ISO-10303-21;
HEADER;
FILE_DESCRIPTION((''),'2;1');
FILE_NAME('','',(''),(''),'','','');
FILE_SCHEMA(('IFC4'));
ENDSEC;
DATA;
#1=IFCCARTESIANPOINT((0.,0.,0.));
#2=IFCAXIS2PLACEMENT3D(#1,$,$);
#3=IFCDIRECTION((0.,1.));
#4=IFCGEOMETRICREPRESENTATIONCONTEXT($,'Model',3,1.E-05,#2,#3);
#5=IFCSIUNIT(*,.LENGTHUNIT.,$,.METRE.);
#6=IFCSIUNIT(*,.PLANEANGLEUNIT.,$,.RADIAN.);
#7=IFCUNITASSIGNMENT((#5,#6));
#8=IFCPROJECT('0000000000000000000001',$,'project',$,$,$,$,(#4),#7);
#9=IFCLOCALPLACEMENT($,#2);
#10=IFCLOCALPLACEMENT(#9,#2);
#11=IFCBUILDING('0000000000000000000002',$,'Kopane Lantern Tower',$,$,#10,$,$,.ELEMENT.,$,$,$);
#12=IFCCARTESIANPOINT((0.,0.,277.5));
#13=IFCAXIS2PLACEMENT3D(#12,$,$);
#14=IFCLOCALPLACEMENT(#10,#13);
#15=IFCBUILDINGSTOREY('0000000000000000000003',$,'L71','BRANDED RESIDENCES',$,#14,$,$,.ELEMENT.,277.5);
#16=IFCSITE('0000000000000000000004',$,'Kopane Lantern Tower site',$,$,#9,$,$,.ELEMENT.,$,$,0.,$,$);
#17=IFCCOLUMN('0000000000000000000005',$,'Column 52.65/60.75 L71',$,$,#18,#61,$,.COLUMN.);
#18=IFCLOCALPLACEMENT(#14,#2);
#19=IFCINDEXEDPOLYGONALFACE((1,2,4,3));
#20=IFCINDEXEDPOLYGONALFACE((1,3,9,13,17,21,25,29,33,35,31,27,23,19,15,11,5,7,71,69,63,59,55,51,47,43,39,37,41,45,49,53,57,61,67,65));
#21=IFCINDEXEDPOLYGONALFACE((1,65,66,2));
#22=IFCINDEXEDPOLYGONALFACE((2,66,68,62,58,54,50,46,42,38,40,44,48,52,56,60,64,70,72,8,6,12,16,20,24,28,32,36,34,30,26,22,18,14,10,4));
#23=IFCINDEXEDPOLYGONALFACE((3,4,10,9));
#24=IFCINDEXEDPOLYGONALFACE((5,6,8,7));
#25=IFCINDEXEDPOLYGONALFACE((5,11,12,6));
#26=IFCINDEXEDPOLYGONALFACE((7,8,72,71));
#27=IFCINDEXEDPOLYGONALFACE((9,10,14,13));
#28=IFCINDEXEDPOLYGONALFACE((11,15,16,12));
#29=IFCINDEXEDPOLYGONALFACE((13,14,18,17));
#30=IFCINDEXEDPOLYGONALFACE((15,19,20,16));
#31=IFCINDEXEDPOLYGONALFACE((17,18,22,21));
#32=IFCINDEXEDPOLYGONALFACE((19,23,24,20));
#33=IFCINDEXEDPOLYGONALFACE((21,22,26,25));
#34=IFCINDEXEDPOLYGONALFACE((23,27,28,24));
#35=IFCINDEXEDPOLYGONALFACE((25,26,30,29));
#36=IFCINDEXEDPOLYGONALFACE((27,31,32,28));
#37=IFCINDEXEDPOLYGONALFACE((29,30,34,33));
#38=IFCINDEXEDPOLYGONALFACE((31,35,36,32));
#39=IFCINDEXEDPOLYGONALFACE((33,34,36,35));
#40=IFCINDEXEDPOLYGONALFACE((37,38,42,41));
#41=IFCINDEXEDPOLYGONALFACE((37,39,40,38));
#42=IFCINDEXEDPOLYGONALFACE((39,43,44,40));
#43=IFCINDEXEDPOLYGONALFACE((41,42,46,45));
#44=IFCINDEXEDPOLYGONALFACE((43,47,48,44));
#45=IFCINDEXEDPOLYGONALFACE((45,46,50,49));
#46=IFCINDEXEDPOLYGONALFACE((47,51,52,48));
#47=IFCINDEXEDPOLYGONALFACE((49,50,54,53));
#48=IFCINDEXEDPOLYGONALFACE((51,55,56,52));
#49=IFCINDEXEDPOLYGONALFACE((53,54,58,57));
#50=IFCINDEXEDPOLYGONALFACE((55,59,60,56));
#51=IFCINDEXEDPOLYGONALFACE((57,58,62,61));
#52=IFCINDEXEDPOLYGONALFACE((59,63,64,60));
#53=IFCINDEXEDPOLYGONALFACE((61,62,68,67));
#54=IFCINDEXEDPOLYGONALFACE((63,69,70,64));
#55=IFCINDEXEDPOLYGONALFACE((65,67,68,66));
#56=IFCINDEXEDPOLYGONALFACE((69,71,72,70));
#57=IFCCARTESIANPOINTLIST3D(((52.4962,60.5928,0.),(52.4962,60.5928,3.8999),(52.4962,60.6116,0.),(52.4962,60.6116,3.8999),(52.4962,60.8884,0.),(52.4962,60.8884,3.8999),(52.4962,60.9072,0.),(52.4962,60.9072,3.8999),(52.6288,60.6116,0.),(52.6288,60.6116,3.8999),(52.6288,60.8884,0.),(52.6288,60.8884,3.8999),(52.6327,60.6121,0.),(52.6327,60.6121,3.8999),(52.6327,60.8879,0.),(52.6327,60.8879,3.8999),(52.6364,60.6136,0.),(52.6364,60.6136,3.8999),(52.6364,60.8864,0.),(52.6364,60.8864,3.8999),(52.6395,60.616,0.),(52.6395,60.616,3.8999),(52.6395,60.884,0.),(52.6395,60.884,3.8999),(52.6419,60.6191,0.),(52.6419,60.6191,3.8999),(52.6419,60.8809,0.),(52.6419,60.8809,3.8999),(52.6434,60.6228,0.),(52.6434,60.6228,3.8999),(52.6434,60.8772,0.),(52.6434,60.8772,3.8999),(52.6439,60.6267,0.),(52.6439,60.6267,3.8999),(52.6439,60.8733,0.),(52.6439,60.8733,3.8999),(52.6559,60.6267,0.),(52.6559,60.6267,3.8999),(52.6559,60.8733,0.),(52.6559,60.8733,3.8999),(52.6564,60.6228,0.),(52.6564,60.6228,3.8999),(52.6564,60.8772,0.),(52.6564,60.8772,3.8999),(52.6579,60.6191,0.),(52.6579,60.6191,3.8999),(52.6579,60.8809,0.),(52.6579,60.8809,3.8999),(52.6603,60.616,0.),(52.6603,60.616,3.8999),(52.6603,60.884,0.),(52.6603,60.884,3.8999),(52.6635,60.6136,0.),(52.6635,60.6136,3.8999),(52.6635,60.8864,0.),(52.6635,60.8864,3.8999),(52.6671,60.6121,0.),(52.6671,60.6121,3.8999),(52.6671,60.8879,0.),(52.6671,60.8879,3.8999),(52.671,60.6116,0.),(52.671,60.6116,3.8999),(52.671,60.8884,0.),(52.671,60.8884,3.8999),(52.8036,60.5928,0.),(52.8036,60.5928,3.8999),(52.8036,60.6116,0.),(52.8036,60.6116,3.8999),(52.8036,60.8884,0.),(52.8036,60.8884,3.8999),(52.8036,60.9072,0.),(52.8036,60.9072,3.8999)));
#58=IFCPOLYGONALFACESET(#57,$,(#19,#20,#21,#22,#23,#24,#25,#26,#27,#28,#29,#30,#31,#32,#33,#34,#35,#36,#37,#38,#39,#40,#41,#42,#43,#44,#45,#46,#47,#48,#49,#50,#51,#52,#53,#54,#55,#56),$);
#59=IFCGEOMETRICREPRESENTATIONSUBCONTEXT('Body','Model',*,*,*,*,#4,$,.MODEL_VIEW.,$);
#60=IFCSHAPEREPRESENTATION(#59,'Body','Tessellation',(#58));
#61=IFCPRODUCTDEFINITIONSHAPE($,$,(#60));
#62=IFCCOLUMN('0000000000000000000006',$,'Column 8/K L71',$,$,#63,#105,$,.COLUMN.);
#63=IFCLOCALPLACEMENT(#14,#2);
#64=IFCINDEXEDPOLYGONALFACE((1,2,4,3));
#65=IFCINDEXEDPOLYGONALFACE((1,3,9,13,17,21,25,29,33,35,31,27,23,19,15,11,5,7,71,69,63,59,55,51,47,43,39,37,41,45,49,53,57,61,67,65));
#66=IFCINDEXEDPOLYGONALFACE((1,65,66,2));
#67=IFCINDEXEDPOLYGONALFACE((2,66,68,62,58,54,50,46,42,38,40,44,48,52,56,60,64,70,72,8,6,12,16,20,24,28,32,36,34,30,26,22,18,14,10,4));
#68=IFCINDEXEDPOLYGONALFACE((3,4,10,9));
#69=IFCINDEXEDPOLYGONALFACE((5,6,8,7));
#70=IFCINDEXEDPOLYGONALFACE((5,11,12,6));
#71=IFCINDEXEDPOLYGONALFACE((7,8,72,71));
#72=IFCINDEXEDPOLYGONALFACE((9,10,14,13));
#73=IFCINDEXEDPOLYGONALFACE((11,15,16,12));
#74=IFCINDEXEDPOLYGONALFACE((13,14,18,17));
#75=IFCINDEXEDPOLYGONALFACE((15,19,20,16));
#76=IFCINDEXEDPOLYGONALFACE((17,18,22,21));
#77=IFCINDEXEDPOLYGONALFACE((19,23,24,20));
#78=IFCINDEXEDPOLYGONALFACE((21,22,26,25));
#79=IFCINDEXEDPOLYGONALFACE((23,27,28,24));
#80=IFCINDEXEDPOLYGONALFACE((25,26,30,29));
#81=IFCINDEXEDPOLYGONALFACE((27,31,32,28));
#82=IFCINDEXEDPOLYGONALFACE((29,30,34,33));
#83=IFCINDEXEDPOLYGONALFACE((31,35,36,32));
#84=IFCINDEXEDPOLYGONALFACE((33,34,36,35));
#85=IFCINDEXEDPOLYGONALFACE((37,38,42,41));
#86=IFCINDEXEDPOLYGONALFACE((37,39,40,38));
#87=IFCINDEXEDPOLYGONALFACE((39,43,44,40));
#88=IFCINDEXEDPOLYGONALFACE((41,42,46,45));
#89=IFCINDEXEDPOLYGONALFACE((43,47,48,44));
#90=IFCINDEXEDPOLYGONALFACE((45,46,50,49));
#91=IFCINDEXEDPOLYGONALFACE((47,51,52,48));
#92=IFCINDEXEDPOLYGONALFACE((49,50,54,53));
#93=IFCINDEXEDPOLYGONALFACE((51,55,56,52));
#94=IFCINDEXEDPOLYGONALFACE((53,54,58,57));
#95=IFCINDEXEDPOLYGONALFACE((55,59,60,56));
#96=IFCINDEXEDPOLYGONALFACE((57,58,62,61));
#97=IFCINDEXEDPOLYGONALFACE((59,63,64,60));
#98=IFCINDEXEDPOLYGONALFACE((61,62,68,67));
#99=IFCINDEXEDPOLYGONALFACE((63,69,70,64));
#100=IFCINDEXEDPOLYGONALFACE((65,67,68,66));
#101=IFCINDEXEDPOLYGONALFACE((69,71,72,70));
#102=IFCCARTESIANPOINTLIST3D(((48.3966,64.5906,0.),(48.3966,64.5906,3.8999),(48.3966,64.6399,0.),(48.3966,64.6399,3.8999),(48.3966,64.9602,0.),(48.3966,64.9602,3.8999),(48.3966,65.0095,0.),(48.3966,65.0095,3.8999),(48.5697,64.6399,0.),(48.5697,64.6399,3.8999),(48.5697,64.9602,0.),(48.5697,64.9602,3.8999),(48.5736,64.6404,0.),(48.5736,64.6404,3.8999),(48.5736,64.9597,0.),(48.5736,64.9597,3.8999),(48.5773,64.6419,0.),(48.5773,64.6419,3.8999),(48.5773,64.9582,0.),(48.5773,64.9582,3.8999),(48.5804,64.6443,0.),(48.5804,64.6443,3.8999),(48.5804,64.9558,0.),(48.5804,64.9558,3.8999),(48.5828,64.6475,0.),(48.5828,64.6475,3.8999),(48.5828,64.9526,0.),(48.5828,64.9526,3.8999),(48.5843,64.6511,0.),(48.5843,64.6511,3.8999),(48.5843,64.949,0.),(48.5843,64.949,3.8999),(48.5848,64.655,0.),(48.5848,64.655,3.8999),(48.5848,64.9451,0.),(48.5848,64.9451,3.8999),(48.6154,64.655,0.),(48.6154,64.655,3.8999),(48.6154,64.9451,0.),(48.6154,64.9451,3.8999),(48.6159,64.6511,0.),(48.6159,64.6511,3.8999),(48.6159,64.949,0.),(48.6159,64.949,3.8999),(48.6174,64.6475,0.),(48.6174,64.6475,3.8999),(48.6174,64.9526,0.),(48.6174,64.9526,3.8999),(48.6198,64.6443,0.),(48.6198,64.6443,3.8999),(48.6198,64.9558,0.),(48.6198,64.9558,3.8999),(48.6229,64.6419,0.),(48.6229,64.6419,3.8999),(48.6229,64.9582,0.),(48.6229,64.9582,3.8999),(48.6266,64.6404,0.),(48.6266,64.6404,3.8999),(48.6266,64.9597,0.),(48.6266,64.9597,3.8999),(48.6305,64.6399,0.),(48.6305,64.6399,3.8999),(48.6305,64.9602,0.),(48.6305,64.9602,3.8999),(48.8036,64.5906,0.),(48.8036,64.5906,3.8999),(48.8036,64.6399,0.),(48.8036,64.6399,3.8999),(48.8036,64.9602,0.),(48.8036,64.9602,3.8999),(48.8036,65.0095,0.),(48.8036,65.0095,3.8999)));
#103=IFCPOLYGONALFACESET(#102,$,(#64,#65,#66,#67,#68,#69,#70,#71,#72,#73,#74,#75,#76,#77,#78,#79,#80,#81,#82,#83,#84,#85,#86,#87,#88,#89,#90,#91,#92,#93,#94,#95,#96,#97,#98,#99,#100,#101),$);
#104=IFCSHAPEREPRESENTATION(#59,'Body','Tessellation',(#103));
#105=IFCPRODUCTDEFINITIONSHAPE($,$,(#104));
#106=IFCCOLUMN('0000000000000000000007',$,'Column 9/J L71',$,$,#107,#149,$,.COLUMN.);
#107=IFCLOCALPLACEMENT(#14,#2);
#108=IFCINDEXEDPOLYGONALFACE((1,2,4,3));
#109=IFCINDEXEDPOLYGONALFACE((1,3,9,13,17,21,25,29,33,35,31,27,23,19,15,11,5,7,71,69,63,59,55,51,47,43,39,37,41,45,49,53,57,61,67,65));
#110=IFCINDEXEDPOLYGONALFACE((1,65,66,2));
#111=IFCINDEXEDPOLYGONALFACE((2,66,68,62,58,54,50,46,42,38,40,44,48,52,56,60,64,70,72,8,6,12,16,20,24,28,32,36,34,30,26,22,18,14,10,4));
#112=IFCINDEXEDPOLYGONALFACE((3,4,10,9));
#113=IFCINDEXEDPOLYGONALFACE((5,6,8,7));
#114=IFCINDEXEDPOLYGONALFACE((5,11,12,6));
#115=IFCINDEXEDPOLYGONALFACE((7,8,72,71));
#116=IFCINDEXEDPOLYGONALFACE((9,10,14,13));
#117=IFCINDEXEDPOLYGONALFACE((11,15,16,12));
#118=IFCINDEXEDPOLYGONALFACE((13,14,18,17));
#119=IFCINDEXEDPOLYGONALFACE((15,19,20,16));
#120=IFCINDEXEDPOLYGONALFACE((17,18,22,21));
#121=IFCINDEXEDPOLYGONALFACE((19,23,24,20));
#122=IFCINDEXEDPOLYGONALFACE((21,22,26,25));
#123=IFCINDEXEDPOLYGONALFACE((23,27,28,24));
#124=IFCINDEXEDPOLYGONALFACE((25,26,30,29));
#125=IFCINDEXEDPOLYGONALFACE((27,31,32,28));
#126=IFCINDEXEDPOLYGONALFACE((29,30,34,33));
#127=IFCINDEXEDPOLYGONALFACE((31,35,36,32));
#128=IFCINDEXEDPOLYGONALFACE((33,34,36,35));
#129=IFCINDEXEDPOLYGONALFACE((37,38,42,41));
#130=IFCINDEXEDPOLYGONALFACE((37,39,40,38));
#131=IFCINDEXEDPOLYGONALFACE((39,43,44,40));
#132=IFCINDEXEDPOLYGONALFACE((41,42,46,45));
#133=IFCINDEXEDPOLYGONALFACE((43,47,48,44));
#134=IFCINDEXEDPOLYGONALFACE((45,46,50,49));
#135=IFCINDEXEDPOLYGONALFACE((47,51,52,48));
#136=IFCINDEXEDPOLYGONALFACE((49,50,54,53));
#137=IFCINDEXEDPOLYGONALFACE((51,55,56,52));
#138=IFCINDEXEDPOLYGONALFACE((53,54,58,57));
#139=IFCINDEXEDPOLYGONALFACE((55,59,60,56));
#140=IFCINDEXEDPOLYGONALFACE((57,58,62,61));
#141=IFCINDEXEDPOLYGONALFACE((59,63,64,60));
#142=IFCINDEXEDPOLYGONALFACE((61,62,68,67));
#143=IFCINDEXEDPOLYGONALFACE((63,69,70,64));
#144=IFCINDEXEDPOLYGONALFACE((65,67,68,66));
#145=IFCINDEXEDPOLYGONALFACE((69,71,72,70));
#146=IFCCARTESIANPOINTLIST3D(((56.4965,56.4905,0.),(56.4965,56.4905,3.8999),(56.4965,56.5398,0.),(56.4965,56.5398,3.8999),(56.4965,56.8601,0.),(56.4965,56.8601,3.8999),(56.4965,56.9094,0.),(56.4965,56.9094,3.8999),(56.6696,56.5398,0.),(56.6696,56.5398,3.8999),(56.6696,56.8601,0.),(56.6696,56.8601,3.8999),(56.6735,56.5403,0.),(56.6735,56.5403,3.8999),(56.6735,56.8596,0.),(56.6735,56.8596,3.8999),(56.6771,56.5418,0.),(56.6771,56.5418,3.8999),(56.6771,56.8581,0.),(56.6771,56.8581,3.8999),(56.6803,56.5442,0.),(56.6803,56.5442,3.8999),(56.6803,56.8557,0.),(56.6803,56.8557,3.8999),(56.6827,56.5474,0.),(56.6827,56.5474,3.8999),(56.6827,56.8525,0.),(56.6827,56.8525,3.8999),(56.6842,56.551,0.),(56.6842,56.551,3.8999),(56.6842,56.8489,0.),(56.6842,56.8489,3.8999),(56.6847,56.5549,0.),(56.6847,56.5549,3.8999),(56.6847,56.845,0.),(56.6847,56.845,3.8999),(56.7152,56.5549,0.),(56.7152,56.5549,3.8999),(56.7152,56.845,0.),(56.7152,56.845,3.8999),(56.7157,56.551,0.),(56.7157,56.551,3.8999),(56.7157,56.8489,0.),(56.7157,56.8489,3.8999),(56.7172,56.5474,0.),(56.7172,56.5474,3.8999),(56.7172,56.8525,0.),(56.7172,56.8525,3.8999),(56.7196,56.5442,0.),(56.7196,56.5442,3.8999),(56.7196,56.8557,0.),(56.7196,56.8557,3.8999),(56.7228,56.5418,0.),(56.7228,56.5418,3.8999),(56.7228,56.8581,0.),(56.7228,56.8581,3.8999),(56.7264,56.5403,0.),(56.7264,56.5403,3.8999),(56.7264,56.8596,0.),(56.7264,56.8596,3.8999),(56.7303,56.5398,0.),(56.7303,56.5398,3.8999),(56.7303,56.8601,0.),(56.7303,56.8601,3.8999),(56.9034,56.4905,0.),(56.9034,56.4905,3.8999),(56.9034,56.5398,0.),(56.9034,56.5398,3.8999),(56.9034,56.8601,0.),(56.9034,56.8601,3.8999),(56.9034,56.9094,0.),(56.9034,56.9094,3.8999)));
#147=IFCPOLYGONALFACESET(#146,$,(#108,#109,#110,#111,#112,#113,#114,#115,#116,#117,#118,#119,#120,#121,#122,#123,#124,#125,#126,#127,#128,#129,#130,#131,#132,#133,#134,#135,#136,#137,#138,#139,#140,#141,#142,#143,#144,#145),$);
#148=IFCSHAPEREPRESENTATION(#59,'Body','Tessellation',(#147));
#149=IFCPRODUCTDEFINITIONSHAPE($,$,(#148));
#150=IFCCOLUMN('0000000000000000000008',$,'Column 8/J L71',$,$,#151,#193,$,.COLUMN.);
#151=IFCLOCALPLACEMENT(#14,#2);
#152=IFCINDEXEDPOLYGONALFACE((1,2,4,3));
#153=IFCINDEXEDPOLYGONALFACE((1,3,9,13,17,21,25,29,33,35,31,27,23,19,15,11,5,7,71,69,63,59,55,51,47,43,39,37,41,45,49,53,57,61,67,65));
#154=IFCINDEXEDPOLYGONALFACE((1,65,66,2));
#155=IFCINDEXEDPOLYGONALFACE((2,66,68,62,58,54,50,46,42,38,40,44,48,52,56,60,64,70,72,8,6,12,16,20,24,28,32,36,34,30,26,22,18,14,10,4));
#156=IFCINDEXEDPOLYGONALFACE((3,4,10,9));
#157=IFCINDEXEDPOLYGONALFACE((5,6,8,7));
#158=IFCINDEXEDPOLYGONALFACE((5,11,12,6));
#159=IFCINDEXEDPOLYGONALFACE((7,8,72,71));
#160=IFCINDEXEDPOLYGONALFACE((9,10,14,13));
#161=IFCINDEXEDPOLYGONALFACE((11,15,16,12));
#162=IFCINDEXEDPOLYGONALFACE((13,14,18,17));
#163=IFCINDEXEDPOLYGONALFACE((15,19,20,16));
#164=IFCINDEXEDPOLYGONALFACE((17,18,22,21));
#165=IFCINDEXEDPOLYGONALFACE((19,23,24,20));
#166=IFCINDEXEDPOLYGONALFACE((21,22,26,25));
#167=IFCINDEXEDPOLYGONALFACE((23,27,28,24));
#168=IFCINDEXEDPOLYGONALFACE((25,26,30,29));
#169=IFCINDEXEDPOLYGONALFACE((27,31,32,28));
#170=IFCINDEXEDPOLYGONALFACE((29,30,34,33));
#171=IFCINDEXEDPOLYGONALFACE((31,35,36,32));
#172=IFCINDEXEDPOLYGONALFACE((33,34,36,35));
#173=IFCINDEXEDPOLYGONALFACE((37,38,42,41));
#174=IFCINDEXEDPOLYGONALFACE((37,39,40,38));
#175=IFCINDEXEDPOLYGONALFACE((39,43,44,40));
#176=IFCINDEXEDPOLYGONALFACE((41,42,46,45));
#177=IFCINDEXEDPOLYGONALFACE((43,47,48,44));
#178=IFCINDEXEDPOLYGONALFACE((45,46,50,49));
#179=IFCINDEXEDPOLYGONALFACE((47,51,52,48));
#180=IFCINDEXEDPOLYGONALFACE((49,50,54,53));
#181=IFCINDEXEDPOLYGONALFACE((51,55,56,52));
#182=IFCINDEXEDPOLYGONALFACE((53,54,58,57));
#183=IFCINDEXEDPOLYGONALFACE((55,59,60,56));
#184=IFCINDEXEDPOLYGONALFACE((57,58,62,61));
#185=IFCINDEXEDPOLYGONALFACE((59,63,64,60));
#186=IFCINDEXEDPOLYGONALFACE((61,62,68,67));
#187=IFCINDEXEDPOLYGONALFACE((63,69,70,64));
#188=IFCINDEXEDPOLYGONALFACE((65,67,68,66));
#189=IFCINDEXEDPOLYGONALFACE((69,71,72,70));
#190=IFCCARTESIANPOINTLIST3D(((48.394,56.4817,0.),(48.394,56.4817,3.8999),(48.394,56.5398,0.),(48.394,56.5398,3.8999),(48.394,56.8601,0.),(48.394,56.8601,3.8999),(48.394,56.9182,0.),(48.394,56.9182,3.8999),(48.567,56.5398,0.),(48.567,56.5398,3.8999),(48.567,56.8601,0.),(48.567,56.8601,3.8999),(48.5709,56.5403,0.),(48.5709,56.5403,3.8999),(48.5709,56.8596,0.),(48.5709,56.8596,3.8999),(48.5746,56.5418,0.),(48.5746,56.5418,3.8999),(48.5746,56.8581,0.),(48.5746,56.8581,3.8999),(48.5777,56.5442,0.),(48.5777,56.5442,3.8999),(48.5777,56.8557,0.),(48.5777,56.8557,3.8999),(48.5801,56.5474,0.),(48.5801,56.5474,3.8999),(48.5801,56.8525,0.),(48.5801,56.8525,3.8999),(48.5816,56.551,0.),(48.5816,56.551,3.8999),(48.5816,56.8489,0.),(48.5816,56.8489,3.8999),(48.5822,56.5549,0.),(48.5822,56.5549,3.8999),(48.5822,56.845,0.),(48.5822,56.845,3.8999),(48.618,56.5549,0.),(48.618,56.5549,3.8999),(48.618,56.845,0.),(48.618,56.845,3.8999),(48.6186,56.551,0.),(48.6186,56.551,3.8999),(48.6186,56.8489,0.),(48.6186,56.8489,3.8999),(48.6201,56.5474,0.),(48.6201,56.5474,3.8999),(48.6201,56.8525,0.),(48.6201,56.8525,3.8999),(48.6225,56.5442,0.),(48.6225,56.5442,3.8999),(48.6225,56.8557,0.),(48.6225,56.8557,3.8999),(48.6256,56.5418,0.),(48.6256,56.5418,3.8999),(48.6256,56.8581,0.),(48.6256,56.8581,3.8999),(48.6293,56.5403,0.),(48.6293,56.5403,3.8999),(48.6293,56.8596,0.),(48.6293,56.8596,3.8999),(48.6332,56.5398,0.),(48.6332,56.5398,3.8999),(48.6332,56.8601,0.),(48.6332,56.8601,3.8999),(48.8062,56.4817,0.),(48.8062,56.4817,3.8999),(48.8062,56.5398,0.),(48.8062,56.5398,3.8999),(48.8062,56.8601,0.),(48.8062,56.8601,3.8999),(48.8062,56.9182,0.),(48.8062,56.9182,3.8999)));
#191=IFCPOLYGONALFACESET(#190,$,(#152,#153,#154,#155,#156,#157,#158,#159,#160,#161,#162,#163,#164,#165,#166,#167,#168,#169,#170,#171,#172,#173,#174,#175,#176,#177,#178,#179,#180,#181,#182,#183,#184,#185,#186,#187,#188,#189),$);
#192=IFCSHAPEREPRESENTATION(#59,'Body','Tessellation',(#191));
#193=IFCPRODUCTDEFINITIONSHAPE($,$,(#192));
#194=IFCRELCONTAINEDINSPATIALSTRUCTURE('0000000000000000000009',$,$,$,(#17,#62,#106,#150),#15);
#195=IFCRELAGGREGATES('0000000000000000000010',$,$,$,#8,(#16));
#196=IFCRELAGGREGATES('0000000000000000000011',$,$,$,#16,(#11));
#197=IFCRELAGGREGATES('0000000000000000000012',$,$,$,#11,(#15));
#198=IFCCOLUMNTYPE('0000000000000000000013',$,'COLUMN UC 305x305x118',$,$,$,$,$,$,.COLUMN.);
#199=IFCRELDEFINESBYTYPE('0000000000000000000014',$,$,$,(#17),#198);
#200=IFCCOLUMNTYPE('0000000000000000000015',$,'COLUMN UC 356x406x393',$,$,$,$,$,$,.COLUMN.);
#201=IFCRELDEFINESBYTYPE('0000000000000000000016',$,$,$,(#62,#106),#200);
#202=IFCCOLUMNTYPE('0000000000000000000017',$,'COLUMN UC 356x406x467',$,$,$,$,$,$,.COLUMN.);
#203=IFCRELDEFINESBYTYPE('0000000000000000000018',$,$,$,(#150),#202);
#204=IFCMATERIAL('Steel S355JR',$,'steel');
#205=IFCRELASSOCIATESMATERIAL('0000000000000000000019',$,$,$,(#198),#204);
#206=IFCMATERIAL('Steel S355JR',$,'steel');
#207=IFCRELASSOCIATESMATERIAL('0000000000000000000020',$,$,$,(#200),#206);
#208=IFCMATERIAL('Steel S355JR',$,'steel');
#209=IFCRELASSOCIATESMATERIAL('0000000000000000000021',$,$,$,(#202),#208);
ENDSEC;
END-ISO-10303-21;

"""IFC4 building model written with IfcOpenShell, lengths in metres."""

from ifc_helpers import new_model, si_unit, direction, frame, origin, origin_2d, place, context, subcontext, project, spatial, i_section, extrude, material, material_profile, profile_set, type_object, element, save


model = new_model("IFC4")

# Units and contexts
model_context = context("Model", 3, precision=1e-05, world=origin(), true_north=direction((0.0, 1.0)))
body_context = subcontext(model_context, "Body", "Model", "MODEL_VIEW")
ifc_project = project(units=[si_unit("LENGTHUNIT", "METRE"), si_unit("PLANEANGLEUNIT", "RADIAN")], contexts=[model_context])

# Site, building, storey
site_placement = place(None, origin())
site = spatial("IfcSite", under=ifc_project, at=site_placement, Name="Kopane Lantern Tower site", CompositionType="ELEMENT", RefElevation=0.0)
building_placement = place(site_placement, origin())
building = spatial("IfcBuilding", under=site, at=building_placement, Name="Kopane Lantern Tower", CompositionType="ELEMENT")
storey_placement = place(building_placement, frame((0.0, 0.0, 277.5)))
storey = spatial("IfcBuildingStorey", under=building, at=storey_placement, Name="L71", Description="BRANDED RESIDENCES", CompositionType="ELEMENT", Elevation=277.5)

# Columns
ifc_material_1 = material(Name="Steel S355JR", Category="steel")
ifc_material_profile_1 = material_profile(ifc_material_1, i_section(OverallWidth=0.3074, OverallDepth=0.3145, WebThickness=0.012, FlangeThickness=0.0188, FilletRadius=0.0151, at=origin_2d()), Name="UC 305x305x118")
ifc_profile_set_1 = profile_set([ifc_material_profile_1], Name="Steel S355JR")
column_type_1 = type_object("IfcColumnType", Name="COLUMN UC 305x305x118", PredefinedType="COLUMN", material=ifc_profile_set_1)
column_1_placement = place(storey_placement, frame((52.6499, 60.75, 0.0), z_axis=(0.0, 0.0, 1.0), x_axis=(1.0, 0.0, 0.0)))
element("IfcColumn", 1, at=column_1_placement, inside=storey, type_object=column_type_1, Name="Column 52.65/60.75 L71", PredefinedType="COLUMN", context=body_context, shape_type="SweptSolid", body=[
    extrude(i_section(OverallWidth=0.3074, OverallDepth=0.3145, WebThickness=0.012, FlangeThickness=0.0188, FilletRadius=0.0151, at=origin_2d()), origin(), (0.0, 0.0, 1.0), 3.8999),
])
ifc_material_2 = material(Name="Steel S355JR", Category="steel")
ifc_material_profile_2 = material_profile(ifc_material_2, i_section(OverallWidth=0.407, OverallDepth=0.4189, WebThickness=0.0305, FlangeThickness=0.0493, FilletRadius=0.0151, at=origin_2d()), Name="UC 356x406x393")
ifc_profile_set_2 = profile_set([ifc_material_profile_2], Name="Steel S355JR")
column_type_2 = type_object("IfcColumnType", Name="COLUMN UC 356x406x393", PredefinedType="COLUMN", material=ifc_profile_set_2)
for number, where, z_axis, x_axis, name in (
    (2, (48.6001, 64.8, 0.0), (0.0, 0.0, 1.0), (1.0, 0.0, 0.0), "Column 8/K L71"),
    (3, (56.7, 56.7, 0.0), (0.0, 0.0, 1.0), (1.0, 0.0, 0.0), "Column 9/J L71"),
):
    element("IfcColumn", number, at=place(storey_placement, frame(where, z_axis=z_axis, x_axis=x_axis)), inside=storey, type_object=column_type_2, Name=name, PredefinedType="COLUMN", context=body_context, shape_type="SweptSolid", body=[
        extrude(i_section(OverallWidth=0.407, OverallDepth=0.4189, WebThickness=0.0305, FlangeThickness=0.0493, FilletRadius=0.0151, at=origin_2d()), origin(), (0.0, 0.0, 1.0), 3.8999),
    ])
ifc_material_3 = material(Name="Steel S355JR", Category="steel")
ifc_material_profile_3 = material_profile(ifc_material_3, i_section(OverallWidth=0.4121, OverallDepth=0.4365, WebThickness=0.0359, FlangeThickness=0.0581, FilletRadius=0.0151, at=origin_2d()), Name="UC 356x406x467")
ifc_profile_set_3 = profile_set([ifc_material_profile_3], Name="Steel S355JR")
column_type_3 = type_object("IfcColumnType", Name="COLUMN UC 356x406x467", PredefinedType="COLUMN", material=ifc_profile_set_3)
column_2_placement = place(storey_placement, frame((48.6001, 56.7, 0.0), z_axis=(0.0, 0.0, 1.0), x_axis=(1.0, 0.0, 0.0)))
element("IfcColumn", 4, at=column_2_placement, inside=storey, type_object=column_type_3, Name="Column 8/J L71", PredefinedType="COLUMN", context=body_context, shape_type="SweptSolid", body=[
    extrude(i_section(OverallWidth=0.4121, OverallDepth=0.4365, WebThickness=0.0359, FlangeThickness=0.0581, FilletRadius=0.0151, at=origin_2d()), origin(), (0.0, 0.0, 1.0), 3.8999),
])

save(model, "model.ifc")
